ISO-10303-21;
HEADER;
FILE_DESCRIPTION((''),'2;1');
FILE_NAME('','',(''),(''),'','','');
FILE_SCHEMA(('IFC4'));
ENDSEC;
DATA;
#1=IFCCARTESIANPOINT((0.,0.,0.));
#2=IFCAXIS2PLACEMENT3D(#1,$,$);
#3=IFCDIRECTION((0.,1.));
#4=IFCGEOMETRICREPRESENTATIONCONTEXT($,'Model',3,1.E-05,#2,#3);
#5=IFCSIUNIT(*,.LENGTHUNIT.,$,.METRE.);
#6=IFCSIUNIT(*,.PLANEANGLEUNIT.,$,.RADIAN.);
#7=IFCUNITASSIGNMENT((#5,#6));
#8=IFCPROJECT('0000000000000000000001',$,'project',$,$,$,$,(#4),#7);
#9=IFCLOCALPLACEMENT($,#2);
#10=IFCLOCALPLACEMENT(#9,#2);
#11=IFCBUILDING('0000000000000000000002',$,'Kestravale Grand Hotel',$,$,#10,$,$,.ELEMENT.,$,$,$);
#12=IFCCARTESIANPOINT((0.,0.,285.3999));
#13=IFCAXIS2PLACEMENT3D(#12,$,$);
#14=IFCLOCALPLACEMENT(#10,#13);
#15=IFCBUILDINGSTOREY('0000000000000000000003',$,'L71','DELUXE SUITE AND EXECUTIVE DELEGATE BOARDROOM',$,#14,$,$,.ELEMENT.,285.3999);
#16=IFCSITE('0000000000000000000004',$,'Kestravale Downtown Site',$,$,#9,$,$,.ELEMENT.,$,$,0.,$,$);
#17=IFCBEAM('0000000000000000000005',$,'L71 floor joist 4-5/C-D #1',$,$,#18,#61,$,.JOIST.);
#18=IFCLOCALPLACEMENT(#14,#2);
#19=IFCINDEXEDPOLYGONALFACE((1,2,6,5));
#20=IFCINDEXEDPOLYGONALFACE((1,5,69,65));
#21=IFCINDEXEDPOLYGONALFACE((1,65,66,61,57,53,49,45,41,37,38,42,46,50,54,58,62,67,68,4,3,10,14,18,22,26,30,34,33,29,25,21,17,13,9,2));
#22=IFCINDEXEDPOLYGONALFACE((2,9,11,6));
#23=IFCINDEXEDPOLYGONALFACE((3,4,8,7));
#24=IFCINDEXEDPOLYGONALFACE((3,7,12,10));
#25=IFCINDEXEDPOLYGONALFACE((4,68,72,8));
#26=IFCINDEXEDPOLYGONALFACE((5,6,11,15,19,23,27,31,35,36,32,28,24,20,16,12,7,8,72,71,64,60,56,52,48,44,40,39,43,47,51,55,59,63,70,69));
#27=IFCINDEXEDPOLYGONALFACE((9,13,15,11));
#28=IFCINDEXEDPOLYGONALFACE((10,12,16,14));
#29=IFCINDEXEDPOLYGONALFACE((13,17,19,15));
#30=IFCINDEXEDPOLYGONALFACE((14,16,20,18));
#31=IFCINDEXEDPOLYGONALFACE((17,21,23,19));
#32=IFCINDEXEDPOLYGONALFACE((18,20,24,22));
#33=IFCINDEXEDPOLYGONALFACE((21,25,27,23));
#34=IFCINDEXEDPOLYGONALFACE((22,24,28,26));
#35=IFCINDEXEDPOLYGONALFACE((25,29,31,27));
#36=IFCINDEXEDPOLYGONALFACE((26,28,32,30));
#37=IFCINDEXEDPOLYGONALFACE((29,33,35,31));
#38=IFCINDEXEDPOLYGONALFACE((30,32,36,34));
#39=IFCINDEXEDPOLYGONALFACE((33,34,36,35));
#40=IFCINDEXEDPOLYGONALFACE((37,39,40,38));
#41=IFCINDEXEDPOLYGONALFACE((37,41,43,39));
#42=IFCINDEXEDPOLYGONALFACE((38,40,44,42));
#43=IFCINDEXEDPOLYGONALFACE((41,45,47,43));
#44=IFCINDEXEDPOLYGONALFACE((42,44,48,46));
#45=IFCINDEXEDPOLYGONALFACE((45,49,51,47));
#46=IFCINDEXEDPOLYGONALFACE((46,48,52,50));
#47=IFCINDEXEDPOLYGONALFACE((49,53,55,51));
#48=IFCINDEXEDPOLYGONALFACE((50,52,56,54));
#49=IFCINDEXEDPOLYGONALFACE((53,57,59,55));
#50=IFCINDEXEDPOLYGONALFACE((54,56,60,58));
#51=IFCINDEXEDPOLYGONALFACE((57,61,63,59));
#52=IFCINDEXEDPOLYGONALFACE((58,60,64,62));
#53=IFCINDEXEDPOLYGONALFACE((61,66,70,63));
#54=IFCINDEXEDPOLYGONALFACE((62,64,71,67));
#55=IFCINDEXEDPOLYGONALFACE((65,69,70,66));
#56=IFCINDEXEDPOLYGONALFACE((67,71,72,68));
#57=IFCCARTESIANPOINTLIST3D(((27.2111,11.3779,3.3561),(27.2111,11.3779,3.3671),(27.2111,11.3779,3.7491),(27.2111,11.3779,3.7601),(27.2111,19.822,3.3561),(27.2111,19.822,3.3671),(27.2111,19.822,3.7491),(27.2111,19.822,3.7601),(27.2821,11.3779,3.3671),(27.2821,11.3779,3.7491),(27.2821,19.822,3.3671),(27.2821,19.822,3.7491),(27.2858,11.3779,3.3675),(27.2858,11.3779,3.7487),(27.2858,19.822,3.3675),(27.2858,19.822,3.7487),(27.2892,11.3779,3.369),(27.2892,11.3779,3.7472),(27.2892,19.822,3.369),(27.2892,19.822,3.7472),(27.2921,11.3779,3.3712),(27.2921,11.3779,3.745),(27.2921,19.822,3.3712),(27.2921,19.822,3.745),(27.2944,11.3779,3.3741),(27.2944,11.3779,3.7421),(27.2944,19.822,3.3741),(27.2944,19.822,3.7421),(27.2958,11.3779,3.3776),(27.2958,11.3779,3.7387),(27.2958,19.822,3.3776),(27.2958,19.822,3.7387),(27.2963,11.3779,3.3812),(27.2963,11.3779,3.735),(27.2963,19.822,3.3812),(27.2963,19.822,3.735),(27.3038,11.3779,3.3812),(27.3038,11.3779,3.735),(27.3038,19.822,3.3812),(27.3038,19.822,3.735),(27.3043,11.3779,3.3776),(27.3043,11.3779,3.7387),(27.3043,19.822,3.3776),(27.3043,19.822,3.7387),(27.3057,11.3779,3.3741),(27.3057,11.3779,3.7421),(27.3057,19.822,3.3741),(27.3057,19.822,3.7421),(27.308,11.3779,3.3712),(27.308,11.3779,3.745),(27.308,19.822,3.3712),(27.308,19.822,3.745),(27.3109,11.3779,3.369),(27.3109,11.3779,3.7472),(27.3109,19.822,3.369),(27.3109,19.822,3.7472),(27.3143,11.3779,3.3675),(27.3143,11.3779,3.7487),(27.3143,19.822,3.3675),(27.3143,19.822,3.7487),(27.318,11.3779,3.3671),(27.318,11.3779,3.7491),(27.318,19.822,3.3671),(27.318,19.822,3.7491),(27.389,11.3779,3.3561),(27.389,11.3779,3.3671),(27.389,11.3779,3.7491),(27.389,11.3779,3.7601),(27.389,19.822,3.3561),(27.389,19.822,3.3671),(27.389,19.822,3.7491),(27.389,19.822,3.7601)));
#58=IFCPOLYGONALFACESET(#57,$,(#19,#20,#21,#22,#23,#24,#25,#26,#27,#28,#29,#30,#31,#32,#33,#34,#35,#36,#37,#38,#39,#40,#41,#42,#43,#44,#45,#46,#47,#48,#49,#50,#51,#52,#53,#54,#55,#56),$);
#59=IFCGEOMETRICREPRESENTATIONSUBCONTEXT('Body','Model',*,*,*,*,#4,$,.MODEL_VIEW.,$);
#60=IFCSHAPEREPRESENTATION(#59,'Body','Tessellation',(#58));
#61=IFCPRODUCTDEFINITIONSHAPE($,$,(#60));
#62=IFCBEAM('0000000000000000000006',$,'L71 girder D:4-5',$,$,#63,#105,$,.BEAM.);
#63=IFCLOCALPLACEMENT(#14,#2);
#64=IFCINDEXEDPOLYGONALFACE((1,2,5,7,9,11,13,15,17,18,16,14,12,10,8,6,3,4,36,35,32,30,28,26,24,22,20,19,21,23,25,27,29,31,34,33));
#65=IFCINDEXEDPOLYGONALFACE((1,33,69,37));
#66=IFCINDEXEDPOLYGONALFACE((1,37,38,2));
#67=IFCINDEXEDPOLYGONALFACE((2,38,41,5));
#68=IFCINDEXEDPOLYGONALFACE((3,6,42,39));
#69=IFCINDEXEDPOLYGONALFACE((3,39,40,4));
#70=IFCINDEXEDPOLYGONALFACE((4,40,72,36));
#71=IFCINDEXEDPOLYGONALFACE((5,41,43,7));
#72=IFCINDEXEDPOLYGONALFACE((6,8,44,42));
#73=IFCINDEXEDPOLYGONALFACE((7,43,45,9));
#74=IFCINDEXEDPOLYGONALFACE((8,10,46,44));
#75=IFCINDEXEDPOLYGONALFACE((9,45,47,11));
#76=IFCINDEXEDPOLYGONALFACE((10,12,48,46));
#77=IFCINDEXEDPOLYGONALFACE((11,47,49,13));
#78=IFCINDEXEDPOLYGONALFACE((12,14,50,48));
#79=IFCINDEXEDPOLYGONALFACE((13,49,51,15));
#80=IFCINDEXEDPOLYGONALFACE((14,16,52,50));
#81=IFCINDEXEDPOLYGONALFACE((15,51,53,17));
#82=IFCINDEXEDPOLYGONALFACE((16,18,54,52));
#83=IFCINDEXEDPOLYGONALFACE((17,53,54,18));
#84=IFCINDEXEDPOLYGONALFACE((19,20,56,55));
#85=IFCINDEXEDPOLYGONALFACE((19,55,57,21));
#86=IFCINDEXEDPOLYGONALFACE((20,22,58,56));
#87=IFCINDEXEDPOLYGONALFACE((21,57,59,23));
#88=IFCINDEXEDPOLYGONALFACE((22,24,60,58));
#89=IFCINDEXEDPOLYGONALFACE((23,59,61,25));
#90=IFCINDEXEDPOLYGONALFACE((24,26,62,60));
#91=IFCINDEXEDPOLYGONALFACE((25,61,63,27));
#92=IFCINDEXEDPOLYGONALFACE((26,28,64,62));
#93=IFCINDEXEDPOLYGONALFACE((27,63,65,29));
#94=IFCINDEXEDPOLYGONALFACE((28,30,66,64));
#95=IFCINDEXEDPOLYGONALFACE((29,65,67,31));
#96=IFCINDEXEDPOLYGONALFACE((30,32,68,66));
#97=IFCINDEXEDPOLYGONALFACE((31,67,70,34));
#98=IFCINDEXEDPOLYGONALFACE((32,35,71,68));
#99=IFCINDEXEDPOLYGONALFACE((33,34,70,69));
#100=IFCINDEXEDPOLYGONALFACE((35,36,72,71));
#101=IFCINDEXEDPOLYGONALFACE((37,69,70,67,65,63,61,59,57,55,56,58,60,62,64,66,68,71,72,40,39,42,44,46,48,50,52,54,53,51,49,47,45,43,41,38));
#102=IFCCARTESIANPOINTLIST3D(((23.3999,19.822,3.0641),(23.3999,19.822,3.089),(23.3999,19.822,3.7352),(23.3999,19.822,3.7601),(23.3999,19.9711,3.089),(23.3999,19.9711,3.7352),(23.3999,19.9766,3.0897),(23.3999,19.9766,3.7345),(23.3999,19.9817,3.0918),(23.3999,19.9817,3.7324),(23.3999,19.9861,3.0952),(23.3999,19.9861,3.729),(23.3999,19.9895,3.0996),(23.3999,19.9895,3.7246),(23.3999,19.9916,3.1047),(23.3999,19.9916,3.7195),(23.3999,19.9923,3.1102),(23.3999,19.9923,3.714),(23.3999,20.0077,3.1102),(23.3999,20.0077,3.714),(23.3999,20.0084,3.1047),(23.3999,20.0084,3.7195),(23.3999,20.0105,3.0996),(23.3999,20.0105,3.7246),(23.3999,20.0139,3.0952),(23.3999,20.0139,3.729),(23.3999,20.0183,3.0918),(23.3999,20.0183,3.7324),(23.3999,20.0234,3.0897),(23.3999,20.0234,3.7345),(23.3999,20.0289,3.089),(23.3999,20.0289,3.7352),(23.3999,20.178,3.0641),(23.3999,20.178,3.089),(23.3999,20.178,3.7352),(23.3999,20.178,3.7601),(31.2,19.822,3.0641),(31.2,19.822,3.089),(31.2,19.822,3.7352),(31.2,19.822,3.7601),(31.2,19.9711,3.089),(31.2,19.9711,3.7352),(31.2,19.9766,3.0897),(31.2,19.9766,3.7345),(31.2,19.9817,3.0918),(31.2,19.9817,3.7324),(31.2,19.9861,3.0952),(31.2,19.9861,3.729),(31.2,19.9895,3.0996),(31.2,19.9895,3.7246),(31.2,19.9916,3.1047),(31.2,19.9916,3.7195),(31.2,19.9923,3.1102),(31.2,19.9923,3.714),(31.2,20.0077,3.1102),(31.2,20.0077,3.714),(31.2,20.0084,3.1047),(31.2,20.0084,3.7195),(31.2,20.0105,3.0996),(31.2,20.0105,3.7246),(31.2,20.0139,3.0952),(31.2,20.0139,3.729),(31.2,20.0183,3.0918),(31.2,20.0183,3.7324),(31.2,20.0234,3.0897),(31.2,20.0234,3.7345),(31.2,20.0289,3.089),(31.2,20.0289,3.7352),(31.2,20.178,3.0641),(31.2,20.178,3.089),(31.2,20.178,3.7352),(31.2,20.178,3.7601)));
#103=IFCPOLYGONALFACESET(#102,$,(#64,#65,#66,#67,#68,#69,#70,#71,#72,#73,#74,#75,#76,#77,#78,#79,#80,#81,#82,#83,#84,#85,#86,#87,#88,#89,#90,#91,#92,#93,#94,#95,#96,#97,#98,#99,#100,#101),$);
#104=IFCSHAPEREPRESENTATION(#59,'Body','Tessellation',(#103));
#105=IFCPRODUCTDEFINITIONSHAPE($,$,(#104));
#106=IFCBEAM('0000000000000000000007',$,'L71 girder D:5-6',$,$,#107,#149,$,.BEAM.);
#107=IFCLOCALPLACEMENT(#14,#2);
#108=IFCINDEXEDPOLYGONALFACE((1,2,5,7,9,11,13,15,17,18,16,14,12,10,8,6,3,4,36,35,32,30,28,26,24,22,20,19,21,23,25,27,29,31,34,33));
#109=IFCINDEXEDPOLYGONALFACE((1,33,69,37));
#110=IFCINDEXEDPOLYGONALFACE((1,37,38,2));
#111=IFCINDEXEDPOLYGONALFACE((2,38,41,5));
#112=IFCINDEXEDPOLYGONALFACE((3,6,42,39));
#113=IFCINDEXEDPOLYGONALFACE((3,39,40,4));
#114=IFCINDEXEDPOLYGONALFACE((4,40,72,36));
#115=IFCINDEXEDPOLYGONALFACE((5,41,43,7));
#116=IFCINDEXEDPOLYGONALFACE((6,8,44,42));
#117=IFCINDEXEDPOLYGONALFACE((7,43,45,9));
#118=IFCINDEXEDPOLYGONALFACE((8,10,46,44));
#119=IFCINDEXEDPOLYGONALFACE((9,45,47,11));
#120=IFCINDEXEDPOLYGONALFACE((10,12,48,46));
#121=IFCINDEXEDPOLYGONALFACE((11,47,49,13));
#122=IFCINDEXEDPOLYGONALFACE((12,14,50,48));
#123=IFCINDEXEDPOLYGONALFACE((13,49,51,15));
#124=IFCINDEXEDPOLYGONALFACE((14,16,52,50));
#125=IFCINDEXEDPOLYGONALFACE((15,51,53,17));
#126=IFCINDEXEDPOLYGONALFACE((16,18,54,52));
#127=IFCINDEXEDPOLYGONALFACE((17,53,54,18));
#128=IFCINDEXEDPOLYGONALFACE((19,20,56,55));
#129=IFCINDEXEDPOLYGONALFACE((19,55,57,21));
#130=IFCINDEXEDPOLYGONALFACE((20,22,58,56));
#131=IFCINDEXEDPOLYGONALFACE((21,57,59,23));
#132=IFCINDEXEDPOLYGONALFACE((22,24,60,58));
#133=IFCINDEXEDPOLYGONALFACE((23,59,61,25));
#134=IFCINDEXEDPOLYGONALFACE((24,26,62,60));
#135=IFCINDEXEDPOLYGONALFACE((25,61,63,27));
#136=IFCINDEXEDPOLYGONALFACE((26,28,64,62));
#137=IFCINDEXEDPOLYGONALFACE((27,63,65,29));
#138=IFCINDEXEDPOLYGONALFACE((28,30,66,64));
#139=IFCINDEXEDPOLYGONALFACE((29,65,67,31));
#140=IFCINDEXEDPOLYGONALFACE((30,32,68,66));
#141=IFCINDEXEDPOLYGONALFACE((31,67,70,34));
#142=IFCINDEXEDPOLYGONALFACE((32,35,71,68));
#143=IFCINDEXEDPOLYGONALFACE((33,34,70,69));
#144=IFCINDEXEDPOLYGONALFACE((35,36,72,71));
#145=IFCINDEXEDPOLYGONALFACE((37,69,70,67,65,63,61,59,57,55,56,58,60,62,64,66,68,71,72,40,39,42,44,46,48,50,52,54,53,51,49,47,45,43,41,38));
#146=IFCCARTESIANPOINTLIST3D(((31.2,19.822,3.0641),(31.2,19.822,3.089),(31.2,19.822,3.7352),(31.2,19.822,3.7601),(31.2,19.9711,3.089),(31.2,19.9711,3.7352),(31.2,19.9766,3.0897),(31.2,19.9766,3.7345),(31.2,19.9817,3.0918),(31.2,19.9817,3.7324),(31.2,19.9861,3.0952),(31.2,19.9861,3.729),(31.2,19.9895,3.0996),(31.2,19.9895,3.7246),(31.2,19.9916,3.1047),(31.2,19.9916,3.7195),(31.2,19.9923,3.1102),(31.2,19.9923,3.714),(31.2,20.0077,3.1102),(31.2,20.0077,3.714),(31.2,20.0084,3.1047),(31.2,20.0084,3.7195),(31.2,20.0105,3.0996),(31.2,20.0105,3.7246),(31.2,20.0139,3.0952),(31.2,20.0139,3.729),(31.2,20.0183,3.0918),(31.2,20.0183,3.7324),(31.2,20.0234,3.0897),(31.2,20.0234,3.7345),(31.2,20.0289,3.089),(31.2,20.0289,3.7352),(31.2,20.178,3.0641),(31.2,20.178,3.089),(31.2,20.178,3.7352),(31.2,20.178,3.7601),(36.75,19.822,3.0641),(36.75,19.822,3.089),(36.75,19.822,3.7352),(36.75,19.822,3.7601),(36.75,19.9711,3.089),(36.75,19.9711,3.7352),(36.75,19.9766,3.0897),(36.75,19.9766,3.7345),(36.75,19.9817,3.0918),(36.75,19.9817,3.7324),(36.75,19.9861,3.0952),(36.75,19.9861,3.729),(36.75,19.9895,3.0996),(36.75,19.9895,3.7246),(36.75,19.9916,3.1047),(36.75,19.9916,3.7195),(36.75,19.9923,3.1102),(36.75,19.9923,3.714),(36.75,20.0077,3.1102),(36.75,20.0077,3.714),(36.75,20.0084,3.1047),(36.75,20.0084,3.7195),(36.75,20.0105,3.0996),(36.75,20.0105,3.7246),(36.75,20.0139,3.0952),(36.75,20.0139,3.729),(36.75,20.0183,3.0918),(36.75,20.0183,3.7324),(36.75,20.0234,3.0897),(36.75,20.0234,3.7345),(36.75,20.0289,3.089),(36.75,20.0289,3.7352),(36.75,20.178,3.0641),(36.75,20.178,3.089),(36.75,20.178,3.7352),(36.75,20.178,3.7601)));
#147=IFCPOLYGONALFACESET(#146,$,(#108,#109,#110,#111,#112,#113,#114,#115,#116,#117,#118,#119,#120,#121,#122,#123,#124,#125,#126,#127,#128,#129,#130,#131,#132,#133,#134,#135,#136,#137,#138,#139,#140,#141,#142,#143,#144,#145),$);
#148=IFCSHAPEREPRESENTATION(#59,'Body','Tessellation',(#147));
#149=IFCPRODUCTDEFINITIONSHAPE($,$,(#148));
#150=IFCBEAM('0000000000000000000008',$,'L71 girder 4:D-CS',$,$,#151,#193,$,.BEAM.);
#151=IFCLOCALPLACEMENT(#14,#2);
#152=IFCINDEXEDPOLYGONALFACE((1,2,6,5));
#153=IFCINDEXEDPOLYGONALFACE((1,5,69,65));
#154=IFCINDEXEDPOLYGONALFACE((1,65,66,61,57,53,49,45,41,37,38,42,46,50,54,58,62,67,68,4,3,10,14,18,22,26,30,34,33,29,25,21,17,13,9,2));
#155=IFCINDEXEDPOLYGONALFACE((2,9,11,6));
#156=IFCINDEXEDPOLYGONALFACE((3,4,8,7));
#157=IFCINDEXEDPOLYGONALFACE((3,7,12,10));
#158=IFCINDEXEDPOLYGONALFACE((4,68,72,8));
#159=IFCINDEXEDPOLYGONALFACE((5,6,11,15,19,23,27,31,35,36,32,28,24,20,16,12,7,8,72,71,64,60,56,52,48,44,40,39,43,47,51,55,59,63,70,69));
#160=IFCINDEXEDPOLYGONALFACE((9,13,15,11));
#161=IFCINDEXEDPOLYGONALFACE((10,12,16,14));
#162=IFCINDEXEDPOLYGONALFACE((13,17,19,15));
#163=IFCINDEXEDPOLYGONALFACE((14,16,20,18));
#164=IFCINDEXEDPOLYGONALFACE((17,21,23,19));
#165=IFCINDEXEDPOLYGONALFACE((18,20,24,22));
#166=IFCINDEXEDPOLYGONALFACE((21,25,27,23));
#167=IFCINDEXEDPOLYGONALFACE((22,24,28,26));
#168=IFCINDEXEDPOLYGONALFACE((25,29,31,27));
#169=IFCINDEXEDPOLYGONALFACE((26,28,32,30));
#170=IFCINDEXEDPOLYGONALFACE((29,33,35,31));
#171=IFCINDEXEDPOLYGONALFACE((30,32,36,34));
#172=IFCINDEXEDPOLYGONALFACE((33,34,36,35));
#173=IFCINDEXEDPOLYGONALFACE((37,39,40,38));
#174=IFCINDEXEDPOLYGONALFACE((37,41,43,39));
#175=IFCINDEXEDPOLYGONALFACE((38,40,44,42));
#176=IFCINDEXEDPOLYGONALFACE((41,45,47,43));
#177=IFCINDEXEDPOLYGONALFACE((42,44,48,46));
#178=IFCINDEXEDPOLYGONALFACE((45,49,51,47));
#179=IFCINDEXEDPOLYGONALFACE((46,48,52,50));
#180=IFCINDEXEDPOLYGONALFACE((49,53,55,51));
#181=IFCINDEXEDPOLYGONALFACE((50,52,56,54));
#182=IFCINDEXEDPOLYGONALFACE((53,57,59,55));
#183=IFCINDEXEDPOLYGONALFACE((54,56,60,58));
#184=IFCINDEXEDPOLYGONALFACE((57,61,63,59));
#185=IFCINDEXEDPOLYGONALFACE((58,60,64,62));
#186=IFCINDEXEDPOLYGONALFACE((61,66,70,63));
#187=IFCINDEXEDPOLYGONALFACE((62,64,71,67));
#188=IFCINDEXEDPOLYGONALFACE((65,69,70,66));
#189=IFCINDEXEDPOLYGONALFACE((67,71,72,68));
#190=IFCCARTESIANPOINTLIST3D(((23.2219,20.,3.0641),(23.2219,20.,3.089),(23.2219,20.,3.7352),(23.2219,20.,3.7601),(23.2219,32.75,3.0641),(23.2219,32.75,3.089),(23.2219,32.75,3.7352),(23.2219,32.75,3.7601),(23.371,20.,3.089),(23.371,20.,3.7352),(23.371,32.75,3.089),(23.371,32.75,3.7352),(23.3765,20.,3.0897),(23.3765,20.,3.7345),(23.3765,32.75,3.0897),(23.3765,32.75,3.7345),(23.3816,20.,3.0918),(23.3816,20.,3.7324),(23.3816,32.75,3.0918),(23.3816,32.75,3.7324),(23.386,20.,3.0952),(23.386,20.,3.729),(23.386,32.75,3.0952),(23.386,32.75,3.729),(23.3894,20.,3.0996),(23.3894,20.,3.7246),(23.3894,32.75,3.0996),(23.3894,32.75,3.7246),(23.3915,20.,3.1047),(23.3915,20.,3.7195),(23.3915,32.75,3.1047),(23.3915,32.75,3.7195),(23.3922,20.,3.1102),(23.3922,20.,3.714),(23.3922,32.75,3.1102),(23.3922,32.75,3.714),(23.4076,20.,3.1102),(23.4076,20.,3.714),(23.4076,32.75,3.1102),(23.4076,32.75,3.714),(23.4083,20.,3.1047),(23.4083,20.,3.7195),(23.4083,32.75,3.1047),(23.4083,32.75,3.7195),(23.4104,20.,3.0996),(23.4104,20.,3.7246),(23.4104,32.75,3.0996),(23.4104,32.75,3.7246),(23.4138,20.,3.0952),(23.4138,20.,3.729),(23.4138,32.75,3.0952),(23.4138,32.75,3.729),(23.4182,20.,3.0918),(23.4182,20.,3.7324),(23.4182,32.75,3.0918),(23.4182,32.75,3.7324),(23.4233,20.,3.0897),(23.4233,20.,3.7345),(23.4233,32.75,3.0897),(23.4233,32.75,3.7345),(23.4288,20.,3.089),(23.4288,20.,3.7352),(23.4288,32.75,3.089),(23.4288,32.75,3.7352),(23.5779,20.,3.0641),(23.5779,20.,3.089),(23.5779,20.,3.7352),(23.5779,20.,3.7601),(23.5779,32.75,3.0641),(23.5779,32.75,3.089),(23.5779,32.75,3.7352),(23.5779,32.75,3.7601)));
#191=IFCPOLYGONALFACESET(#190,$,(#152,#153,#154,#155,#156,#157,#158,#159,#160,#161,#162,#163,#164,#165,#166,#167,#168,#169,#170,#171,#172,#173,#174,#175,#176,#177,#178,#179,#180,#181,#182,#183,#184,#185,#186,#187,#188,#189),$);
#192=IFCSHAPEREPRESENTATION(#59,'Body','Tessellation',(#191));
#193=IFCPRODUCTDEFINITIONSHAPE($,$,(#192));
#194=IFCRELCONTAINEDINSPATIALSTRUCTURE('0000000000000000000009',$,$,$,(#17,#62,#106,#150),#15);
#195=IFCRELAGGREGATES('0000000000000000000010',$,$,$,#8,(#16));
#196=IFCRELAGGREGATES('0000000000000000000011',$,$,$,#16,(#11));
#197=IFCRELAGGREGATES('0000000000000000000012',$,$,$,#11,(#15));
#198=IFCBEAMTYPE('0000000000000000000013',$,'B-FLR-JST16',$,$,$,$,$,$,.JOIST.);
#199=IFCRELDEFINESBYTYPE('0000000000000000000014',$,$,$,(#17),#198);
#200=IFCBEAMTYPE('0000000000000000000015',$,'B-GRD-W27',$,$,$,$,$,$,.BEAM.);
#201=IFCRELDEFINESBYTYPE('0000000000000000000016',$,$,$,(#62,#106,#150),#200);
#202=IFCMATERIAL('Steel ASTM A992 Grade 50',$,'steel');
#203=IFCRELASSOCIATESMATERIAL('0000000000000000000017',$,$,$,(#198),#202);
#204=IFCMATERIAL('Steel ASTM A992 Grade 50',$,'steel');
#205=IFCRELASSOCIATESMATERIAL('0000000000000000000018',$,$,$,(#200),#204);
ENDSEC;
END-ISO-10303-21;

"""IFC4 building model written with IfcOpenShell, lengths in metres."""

from ifc_helpers import new_model, si_unit, direction, frame, origin, origin_2d, place, context, subcontext, project, spatial, i_section, extrude, material, material_profile, profile_set, type_object, element, save


model = new_model("IFC4")

# Units and contexts
model_context = context("Model", 3, precision=1e-05, world=origin(), true_north=direction((0.0, 1.0)))
body_context = subcontext(model_context, "Body", "Model", "MODEL_VIEW")
ifc_project = project(units=[si_unit("LENGTHUNIT", "METRE"), si_unit("PLANEANGLEUNIT", "RADIAN")], contexts=[model_context])

# Site, building, storey
site_placement = place(None, origin())
site = spatial("IfcSite", under=ifc_project, at=site_placement, Name="Kestravale Downtown Site", CompositionType="ELEMENT", RefElevation=0.0)
building_placement = place(site_placement, origin())
building = spatial("IfcBuilding", under=site, at=building_placement, Name="Kestravale Grand Hotel", CompositionType="ELEMENT")
storey_placement = place(building_placement, frame((0.0, 0.0, 285.3999)))
storey = spatial("IfcBuildingStorey", under=building, at=storey_placement, Name="L71", Description="DELUXE SUITE AND EXECUTIVE DELEGATE BOARDROOM", CompositionType="ELEMENT", Elevation=285.3999)

# Beams
ifc_material_1 = material(Name="Steel ASTM A992 Grade 50", Category="steel")
ifc_material_profile_1 = material_profile(ifc_material_1, i_section(OverallWidth=0.178, OverallDepth=0.4041, WebThickness=0.0076, FlangeThickness=0.011, FilletRadius=0.0142, at=origin_2d()))
ifc_profile_set_1 = profile_set([ifc_material_profile_1], Name="Steel ASTM A992 Grade 50")
beam_type_1 = type_object("IfcBeamType", Name="B-FLR-JST16", PredefinedType="JOIST", material=ifc_profile_set_1)
for number, where, z_axis, x_axis, name in (
    (1, (27.3, 11.3779, 3.5581), (0.0, 1.0, 0.0), (-1.0, 0.0, 0.0), "L71 floor joist 4-5/C-D #1"),
):
    element("IfcBeam", number, at=place(storey_placement, frame(where, z_axis=z_axis, x_axis=x_axis)), inside=storey, type_object=beam_type_1, Name=name, PredefinedType="JOIST", context=body_context, shape_type="SweptSolid", body=[
        extrude(i_section(OverallWidth=0.178, OverallDepth=0.4041, WebThickness=0.0076, FlangeThickness=0.011, FilletRadius=0.0142, at=origin_2d()), origin(), (0.0, 0.0, 1.0), 8.4441),
    ])
ifc_material_2 = material(Name="Steel ASTM A992 Grade 50", Category="steel")
ifc_material_profile_2 = material_profile(ifc_material_2, i_section(OverallWidth=0.356, OverallDepth=0.696, WebThickness=0.0154, FlangeThickness=0.0249, FilletRadius=0.0212, at=origin_2d()))
ifc_profile_set_2 = profile_set([ifc_material_profile_2], Name="Steel ASTM A992 Grade 50")
beam_type_2 = type_object("IfcBeamType", Name="B-GRD-W27", PredefinedType="BEAM", material=ifc_profile_set_2)
beam_1_placement = place(storey_placement, frame((23.3999, 20.0, 3.4121), z_axis=(1.0, 0.0, 0.0), x_axis=(0.0, 1.0, 0.0)))
element("IfcBeam", 2, at=beam_1_placement, inside=storey, type_object=beam_type_2, Name="L71 girder D:4-5", PredefinedType="BEAM", context=body_context, shape_type="SweptSolid", body=[
    extrude(i_section(OverallWidth=0.356, OverallDepth=0.696, WebThickness=0.0154, FlangeThickness=0.0249, FilletRadius=0.0212, at=origin_2d()), origin(), (0.0, 0.0, 1.0), 7.8),
])
beam_2_placement = place(storey_placement, frame((31.2, 20.0, 3.4121), z_axis=(1.0, 0.0, 0.0), x_axis=(0.0, 1.0, 0.0)))
element("IfcBeam", 3, at=beam_2_placement, inside=storey, type_object=beam_type_2, Name="L71 girder D:5-6", PredefinedType="BEAM", context=body_context, shape_type="SweptSolid", body=[
    extrude(i_section(OverallWidth=0.356, OverallDepth=0.696, WebThickness=0.0154, FlangeThickness=0.0249, FilletRadius=0.0212, at=origin_2d()), origin(), (0.0, 0.0, 1.0), 5.55),
])
for number, where, z_axis, x_axis, name in (
    (4, (23.3999, 20.0, 3.4121), (0.0, 1.0, 0.0), (-1.0, 0.0, 0.0), "L71 girder 4:D-CS"),
):
    element("IfcBeam", number, at=place(storey_placement, frame(where, z_axis=z_axis, x_axis=x_axis)), inside=storey, type_object=beam_type_2, Name=name, PredefinedType="BEAM", context=body_context, shape_type="SweptSolid", body=[
        extrude(i_section(OverallWidth=0.356, OverallDepth=0.696, WebThickness=0.0154, FlangeThickness=0.0249, FilletRadius=0.0212, at=origin_2d()), origin(), (0.0, 0.0, 1.0), 12.75),
    ])

save(model, "model.ifc")
